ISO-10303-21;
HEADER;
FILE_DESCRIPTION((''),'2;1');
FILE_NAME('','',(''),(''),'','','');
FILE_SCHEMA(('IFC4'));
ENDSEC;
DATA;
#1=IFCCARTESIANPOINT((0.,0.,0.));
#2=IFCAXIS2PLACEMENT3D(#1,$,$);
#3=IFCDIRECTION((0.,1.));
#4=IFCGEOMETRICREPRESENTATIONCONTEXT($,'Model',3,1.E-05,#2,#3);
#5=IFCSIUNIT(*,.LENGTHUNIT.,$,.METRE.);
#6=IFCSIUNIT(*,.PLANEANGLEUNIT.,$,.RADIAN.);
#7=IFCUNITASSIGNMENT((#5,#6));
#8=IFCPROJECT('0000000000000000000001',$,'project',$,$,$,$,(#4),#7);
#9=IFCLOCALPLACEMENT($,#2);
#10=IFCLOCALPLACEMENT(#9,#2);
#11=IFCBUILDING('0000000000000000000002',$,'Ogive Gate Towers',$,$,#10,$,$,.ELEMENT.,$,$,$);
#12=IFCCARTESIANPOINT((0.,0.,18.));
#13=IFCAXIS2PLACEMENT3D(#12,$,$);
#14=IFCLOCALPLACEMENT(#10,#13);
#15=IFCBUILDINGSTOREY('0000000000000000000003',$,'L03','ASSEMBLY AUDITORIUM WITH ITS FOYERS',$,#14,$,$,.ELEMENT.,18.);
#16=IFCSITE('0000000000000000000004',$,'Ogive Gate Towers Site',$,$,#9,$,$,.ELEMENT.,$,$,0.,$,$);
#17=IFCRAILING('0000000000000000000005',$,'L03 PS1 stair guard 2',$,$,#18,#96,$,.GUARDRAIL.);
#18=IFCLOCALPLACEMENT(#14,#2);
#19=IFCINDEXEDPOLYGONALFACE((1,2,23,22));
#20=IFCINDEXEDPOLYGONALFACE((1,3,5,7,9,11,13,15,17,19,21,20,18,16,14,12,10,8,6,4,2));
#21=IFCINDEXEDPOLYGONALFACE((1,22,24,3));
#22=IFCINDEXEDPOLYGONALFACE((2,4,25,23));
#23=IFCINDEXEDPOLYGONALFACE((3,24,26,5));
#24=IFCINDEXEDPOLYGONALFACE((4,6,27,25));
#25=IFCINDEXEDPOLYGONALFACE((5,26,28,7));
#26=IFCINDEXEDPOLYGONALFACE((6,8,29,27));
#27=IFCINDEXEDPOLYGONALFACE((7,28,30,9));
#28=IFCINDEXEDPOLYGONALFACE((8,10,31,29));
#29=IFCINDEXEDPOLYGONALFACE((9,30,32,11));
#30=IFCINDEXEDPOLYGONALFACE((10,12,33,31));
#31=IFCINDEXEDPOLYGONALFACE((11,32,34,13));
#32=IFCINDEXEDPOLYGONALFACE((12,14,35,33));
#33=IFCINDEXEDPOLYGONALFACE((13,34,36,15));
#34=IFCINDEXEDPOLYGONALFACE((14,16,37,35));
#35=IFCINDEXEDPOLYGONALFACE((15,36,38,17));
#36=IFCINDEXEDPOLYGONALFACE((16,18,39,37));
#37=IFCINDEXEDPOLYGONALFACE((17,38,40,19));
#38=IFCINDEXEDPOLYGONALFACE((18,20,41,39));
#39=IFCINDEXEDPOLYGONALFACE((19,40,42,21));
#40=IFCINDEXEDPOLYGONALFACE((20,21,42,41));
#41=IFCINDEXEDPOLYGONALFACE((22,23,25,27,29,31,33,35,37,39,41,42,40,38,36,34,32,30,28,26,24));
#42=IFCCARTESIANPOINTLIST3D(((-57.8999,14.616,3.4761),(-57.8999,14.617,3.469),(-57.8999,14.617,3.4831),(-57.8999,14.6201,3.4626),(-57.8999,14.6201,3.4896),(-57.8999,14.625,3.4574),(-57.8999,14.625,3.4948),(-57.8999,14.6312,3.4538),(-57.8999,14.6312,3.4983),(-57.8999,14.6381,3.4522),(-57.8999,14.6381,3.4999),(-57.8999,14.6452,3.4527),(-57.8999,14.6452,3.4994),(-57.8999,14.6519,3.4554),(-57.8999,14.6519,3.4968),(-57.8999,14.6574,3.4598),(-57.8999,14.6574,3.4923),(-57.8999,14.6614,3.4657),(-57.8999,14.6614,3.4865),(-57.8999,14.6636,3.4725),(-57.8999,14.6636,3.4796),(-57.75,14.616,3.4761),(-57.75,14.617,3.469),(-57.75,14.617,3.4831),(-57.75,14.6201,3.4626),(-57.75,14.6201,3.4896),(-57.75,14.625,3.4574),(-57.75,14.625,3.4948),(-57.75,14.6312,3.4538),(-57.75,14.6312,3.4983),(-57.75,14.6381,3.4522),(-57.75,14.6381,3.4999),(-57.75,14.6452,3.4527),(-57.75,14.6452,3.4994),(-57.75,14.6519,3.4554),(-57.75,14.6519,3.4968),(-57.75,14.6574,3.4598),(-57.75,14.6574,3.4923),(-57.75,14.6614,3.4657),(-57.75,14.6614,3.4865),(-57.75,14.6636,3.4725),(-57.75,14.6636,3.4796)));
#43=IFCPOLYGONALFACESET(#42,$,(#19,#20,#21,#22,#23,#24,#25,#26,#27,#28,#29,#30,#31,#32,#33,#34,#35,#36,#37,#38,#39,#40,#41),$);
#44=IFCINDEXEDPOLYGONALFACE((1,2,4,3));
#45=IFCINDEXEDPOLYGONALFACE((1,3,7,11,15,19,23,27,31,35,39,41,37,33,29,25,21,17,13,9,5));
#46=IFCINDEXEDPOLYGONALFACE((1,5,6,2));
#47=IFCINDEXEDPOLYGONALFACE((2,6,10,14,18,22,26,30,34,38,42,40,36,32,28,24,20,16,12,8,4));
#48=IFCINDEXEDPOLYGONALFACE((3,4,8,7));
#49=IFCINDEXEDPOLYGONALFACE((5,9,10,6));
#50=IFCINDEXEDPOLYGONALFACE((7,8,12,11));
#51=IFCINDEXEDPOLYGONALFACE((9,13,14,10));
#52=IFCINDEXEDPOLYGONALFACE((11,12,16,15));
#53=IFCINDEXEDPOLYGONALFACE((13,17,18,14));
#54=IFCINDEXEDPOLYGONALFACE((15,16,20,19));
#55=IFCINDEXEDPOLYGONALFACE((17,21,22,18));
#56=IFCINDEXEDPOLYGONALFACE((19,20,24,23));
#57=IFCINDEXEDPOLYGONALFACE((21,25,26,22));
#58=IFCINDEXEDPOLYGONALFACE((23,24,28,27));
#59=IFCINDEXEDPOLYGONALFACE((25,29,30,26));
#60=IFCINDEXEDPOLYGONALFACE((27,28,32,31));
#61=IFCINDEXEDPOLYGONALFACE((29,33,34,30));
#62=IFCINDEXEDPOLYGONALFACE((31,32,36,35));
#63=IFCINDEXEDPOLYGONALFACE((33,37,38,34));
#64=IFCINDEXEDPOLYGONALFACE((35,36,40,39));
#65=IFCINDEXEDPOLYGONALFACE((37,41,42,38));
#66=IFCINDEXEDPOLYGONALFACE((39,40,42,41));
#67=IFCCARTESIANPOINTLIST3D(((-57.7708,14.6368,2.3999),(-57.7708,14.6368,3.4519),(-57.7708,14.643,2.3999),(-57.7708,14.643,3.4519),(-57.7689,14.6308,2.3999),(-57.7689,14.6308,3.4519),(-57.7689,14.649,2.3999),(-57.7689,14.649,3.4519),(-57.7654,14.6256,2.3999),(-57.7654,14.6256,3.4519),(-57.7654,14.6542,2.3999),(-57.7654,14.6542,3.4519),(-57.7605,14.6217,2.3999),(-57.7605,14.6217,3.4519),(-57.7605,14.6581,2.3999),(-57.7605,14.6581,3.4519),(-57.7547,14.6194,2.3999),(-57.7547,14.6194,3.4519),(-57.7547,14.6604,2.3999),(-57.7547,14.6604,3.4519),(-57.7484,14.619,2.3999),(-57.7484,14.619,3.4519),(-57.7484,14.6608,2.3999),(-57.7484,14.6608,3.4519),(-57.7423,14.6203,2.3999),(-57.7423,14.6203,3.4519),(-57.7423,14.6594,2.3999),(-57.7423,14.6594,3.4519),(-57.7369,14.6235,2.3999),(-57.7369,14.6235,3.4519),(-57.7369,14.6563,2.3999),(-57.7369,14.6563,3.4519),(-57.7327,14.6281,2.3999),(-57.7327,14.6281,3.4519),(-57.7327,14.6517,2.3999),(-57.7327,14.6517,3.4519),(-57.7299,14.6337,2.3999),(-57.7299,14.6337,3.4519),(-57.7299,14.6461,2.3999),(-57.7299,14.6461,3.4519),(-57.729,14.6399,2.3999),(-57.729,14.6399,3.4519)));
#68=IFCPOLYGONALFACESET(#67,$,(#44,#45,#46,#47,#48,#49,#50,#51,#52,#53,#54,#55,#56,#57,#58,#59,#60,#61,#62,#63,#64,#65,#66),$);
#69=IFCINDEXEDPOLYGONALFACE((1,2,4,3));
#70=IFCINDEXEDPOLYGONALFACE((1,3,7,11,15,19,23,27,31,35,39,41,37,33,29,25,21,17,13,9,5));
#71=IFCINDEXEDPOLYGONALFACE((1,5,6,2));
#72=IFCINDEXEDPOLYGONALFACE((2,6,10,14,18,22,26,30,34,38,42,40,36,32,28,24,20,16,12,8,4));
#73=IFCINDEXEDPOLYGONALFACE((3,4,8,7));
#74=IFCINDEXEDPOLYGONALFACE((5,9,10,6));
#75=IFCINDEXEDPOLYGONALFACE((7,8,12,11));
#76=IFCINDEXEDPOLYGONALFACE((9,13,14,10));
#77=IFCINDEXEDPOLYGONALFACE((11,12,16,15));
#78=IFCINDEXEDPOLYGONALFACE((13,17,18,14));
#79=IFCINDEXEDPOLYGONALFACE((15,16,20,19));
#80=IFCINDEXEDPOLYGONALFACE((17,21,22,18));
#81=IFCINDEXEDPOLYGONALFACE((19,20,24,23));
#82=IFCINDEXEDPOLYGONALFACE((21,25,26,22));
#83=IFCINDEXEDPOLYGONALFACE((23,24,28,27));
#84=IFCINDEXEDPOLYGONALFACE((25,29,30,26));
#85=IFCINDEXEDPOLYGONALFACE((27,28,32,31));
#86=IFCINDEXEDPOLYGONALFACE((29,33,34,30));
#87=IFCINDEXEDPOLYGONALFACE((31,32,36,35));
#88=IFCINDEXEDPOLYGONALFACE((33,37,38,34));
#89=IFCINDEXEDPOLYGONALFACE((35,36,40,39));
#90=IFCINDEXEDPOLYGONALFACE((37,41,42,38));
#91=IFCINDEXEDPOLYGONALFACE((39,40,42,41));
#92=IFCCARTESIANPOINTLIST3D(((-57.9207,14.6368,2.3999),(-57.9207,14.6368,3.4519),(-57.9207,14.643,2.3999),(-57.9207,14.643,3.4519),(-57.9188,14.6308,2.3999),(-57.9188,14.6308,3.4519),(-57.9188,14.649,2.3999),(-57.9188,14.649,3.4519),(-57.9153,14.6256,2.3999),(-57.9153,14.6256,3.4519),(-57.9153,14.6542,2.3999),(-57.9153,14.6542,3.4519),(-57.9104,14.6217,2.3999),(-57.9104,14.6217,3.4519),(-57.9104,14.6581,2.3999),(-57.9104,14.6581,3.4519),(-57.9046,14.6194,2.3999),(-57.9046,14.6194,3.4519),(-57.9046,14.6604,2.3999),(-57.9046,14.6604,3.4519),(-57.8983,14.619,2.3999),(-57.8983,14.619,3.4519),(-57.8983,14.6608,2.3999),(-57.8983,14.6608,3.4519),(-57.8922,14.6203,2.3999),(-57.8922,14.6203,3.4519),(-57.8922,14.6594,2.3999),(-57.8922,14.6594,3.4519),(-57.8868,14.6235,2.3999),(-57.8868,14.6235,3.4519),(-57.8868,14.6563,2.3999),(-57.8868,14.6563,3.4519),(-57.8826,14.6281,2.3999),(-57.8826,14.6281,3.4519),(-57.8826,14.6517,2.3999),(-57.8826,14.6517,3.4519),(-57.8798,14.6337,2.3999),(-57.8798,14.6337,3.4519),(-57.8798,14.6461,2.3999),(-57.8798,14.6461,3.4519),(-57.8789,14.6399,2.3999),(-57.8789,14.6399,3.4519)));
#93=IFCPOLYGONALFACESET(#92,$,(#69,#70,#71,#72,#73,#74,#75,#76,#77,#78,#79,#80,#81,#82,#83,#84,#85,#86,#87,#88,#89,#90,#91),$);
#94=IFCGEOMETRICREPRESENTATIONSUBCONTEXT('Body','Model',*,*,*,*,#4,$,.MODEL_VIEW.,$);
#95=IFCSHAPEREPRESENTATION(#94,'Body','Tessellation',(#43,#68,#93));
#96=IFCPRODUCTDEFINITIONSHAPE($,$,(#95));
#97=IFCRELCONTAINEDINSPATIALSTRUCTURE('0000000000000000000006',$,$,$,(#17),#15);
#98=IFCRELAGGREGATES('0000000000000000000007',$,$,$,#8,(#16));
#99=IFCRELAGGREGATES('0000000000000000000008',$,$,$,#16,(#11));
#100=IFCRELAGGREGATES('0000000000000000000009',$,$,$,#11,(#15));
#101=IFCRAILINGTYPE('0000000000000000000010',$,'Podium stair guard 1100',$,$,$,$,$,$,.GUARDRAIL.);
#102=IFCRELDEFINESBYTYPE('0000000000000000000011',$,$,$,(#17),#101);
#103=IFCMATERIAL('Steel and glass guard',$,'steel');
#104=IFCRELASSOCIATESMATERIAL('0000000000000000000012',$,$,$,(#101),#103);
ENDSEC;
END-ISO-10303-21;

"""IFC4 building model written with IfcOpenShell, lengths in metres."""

from ifc_helpers import new_model, si_unit, direction, frame, origin, origin_2d, place, context, subcontext, project, spatial, circle, extrude, material, type_object, element, save


model = new_model("IFC4")

# Units and contexts
model_context = context("Model", 3, precision=1e-05, world=origin(), true_north=direction((0.0, 1.0)))
body_context = subcontext(model_context, "Body", "Model", "MODEL_VIEW")
ifc_project = project(units=[si_unit("LENGTHUNIT", "METRE"), si_unit("PLANEANGLEUNIT", "RADIAN")], contexts=[model_context])

# Site, building, storey
site_placement = place(None, origin())
site = spatial("IfcSite", under=ifc_project, at=site_placement, Name="Ogive Gate Towers Site", CompositionType="ELEMENT", RefElevation=0.0)
building_placement = place(site_placement, origin())
building = spatial("IfcBuilding", under=site, at=building_placement, Name="Ogive Gate Towers", CompositionType="ELEMENT")
storey_placement = place(building_placement, frame((0.0, 0.0, 18.0)))
storey = spatial("IfcBuildingStorey", under=building, at=storey_placement, Name="L03", Description="ASSEMBLY AUDITORIUM WITH ITS FOYERS", CompositionType="ELEMENT", Elevation=18.0)

# Railing
ifc_material_1 = material(Name="Steel and glass guard", Category="steel")
railing_type_1 = type_object("IfcRailingType", Name="Podium stair guard 1100", PredefinedType="GUARDRAIL", material=ifc_material_1)
railing_1_placement = place(storey_placement, frame((-57.75, 14.6399, 2.3999)))
element("IfcRailing", 1, at=railing_1_placement, inside=storey, type_object=railing_type_1, Name="L03 PS1 stair guard 2", PredefinedType="GUARDRAIL", context=body_context, shape_type="SweptSolid", body=[
    extrude(circle(Radius=0.0239, at=origin_2d()), frame((0.0, 0.0, 1.0762), z_axis=(-1.0, 0.0, 0.0), x_axis=(0.0, -1.0, 0.0)), (0.0, 0.0, 1.0), 0.1499),
    extrude(circle(Radius=0.021, at=origin_2d()), origin(), (0.0, 0.0, 1.0), 1.052),
    extrude(circle(Radius=0.021, at=origin_2d()), frame((-0.1499, 0.0, 0.0)), (0.0, 0.0, 1.0), 1.052),
])

save(model, "model.ifc")
